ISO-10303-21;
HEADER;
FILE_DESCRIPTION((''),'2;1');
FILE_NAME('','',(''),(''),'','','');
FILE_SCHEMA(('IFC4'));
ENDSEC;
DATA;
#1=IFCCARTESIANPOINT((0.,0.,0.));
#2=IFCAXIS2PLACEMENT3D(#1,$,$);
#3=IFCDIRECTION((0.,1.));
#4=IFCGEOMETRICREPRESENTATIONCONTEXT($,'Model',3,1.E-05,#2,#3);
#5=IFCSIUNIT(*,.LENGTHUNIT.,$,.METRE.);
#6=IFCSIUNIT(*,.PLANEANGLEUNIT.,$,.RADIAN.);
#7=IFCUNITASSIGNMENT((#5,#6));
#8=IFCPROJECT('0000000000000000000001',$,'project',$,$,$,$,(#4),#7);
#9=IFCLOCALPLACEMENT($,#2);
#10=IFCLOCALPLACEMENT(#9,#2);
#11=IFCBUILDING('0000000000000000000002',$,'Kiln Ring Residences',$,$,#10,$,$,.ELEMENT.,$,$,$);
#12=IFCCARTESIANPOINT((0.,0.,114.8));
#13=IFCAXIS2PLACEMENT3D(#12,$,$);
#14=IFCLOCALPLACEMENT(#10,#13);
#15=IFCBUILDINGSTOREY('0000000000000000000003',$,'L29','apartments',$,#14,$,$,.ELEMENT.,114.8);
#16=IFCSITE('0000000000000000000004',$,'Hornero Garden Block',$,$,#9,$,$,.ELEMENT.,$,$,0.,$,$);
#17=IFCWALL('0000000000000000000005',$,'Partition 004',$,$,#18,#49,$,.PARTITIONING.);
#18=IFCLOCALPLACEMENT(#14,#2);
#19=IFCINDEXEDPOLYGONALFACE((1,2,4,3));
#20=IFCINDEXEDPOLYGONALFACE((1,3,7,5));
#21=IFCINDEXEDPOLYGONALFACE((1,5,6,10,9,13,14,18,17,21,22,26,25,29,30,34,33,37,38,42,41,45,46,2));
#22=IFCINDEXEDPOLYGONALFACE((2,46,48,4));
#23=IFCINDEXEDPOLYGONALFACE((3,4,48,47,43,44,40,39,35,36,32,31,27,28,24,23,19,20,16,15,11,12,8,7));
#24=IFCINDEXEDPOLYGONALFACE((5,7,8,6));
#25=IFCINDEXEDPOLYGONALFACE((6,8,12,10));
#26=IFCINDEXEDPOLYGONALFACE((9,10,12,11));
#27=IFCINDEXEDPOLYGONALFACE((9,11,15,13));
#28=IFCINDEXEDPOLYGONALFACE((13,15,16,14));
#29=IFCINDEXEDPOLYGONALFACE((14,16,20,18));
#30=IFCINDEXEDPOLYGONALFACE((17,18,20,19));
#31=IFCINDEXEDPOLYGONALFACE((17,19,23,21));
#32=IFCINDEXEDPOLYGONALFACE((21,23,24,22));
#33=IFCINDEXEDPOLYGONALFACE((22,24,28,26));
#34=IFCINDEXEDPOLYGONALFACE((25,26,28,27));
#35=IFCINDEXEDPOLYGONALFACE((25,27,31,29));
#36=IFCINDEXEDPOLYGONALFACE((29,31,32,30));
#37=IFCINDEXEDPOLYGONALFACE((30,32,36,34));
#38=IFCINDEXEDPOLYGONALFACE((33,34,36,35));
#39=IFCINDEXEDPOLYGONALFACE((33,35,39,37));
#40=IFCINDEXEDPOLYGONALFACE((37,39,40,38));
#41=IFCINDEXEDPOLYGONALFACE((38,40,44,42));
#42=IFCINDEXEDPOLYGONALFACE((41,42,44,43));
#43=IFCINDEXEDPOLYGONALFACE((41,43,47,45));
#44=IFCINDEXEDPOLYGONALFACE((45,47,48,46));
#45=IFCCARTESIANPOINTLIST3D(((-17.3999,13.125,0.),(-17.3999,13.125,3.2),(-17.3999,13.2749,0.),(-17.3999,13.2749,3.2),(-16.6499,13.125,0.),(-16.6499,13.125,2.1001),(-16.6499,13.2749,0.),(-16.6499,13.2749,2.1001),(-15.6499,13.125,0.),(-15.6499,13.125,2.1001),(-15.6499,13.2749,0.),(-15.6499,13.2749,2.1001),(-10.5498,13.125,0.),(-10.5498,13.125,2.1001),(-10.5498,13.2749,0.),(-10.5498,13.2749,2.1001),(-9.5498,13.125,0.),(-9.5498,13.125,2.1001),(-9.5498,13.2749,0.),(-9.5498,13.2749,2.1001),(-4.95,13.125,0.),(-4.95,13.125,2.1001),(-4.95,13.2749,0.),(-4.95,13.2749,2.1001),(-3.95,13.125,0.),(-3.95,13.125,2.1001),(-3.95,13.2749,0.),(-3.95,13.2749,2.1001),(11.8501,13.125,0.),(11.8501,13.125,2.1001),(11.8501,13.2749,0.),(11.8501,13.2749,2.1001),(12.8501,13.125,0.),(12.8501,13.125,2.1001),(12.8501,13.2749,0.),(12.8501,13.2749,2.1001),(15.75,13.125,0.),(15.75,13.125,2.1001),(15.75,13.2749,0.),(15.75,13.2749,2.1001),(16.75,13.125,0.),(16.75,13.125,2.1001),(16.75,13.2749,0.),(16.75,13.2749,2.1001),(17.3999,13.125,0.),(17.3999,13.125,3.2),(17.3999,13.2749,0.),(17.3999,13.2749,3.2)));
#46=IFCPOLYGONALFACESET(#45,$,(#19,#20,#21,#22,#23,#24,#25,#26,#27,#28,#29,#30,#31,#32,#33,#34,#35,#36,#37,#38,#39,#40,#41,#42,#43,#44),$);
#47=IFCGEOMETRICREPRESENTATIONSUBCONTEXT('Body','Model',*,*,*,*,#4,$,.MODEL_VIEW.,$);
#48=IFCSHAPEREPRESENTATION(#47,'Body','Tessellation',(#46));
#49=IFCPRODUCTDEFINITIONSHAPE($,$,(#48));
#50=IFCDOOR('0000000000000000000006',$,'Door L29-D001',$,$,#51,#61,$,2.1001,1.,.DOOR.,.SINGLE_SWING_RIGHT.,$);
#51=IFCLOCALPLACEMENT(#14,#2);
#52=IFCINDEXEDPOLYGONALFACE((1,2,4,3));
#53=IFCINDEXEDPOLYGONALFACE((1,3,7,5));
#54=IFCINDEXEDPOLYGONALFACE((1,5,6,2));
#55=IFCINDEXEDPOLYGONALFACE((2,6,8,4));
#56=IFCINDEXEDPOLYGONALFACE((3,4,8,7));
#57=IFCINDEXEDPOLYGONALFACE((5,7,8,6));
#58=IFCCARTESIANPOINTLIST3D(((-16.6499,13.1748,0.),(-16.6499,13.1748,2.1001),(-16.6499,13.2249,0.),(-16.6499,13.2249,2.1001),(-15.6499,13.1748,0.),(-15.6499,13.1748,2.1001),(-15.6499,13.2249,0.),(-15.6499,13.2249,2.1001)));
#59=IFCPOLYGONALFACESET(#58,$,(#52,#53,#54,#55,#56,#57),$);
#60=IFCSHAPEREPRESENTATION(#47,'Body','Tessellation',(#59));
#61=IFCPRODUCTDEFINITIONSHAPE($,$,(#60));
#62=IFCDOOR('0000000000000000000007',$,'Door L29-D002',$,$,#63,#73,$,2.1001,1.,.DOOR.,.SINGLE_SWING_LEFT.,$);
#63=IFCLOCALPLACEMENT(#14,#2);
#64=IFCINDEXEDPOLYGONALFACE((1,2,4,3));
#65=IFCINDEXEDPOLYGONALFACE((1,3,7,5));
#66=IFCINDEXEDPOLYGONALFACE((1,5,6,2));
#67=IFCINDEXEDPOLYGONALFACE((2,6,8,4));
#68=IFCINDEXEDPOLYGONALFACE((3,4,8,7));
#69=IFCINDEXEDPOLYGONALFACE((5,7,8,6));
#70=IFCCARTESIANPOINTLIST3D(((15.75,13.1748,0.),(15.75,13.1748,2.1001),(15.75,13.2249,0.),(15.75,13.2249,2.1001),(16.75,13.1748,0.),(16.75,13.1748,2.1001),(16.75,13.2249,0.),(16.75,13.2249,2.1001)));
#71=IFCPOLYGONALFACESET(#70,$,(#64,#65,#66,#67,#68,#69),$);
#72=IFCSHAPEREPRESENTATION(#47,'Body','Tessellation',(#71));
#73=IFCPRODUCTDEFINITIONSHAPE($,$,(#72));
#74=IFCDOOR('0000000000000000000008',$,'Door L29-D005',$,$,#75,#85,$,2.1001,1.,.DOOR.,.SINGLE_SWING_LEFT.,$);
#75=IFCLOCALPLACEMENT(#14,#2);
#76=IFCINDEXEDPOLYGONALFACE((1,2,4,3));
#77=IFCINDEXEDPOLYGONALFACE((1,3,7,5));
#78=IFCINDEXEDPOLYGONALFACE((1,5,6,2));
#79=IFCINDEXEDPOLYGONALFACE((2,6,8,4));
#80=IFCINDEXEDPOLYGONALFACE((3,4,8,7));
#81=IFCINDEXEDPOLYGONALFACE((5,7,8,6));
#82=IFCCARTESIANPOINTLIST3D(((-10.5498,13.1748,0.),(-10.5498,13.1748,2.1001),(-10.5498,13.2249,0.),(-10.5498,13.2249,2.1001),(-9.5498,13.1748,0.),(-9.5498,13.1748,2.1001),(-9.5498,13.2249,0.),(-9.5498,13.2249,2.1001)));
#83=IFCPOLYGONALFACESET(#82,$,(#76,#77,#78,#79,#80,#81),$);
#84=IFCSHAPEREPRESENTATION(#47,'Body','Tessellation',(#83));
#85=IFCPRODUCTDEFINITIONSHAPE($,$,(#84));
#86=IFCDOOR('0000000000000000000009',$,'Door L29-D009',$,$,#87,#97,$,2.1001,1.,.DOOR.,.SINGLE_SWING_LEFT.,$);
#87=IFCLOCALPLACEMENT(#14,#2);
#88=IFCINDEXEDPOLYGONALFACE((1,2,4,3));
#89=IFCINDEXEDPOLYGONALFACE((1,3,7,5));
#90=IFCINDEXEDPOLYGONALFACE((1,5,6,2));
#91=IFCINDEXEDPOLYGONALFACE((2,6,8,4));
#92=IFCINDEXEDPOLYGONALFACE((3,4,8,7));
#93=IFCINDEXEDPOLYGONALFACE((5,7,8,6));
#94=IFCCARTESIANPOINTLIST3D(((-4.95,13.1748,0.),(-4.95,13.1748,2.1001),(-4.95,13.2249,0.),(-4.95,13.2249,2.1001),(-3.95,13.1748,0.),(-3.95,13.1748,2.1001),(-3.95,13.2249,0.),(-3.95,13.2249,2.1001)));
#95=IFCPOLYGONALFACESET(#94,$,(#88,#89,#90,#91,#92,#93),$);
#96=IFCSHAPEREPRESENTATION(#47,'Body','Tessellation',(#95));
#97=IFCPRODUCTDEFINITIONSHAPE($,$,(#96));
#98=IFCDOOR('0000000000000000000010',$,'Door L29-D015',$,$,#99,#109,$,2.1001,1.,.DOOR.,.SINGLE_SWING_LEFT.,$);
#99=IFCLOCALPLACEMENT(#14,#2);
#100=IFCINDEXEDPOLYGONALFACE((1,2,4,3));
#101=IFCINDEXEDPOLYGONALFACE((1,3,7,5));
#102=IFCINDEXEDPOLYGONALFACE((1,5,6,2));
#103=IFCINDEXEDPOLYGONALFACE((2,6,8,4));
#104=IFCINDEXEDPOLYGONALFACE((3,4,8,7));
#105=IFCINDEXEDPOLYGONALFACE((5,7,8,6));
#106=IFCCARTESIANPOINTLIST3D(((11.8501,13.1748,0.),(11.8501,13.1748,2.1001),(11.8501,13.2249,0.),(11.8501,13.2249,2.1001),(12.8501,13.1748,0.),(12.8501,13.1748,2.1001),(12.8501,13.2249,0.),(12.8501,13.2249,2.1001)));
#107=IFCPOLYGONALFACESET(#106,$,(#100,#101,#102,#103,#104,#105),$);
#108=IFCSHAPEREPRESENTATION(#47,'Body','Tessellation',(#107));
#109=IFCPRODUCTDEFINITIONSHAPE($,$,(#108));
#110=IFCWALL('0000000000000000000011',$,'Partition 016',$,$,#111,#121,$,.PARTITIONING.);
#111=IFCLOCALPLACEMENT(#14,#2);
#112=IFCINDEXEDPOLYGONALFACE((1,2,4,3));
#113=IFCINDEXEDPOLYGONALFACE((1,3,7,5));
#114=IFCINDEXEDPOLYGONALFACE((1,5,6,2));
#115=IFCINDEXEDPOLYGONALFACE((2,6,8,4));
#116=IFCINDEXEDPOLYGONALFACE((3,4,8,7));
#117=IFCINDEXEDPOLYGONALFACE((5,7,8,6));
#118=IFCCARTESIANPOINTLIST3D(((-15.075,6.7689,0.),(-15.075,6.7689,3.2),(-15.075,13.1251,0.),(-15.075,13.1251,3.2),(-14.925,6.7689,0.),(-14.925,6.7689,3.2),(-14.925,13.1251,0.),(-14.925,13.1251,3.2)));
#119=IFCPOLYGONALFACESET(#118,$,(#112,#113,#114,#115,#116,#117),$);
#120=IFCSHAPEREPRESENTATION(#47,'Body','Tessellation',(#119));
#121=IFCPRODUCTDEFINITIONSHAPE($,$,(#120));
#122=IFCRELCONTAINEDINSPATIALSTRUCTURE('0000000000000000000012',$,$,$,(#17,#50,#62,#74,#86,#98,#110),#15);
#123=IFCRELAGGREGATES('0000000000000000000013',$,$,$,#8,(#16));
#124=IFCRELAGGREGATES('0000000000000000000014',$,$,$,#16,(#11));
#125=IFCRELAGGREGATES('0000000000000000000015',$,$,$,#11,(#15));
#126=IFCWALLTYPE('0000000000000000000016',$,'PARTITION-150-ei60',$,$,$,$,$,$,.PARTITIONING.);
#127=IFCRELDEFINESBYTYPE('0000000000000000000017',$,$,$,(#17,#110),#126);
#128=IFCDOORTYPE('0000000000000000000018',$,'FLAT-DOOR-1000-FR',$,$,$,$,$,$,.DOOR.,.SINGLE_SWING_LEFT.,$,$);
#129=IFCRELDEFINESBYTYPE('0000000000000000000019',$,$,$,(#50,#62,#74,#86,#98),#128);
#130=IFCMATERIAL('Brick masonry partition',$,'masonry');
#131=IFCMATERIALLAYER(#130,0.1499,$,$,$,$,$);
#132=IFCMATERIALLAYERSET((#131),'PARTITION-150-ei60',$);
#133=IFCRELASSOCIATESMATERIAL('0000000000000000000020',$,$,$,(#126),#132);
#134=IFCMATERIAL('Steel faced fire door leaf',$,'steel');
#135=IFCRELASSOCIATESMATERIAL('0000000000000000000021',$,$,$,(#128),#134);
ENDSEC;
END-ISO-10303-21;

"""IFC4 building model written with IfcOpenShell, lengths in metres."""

from ifc_helpers import new_model, si_unit, direction, frame, frame_2d, origin, place, context, subcontext, project, spatial, rectangle, extrude, material, layer, layer_set, type_object, element, fill, save


model = new_model("IFC4")

# Units and contexts
model_context = context("Model", 3, precision=1e-05, world=origin(), true_north=direction((0.0, 1.0)))
body_context = subcontext(model_context, "Body", "Model", "MODEL_VIEW")
ifc_project = project(units=[si_unit("LENGTHUNIT", "METRE"), si_unit("PLANEANGLEUNIT", "RADIAN")], contexts=[model_context])

# Site, building, storey
site_placement = place(None, origin())
site = spatial("IfcSite", under=ifc_project, at=site_placement, Name="Hornero Garden Block", CompositionType="ELEMENT", RefElevation=0.0)
building_placement = place(site_placement, origin())
building = spatial("IfcBuilding", under=site, at=building_placement, Name="Kiln Ring Residences", CompositionType="ELEMENT")
storey_placement = place(building_placement, frame((0.0, 0.0, 114.8)))
storey = spatial("IfcBuildingStorey", under=building, at=storey_placement, Name="L29", Description="apartments", CompositionType="ELEMENT", Elevation=114.8)

# Wall, openings, doors
ifc_material_1 = material(Name="Brick masonry partition", Category="masonry")
ifc_layer_1 = layer(ifc_material_1, 0.1499)
ifc_layer_set_1 = layer_set([ifc_layer_1], Name="PARTITION-150-ei60")
wall_type_1 = type_object("IfcWallType", Name="PARTITION-150-ei60", PredefinedType="PARTITIONING", material=ifc_layer_set_1)
wall_1_placement = place(storey_placement, frame((-17.3999, 13.2, 0.0), z_axis=(0.0, 0.0, 1.0), x_axis=(1.0, 0.0, 0.0)))
wall_1 = element("IfcWall", 1, at=wall_1_placement, inside=storey, type_object=wall_type_1, Name="Partition 004", PredefinedType="PARTITIONING", context=body_context, shape_type="SweptSolid", body=[
    extrude(rectangle(XDim=34.7998, YDim=0.1499, at=frame_2d((17.3999, 0.0))), origin(), (0.0, 0.0, 1.0), 3.2),
])
opening_1_placement = place(wall_1_placement, frame((0.75, 0.0, 0.0)))
opening_1 = element("IfcOpeningElement", 2, at=opening_1_placement, cuts=wall_1, PredefinedType="OPENING", context=body_context, shape_type="SweptSolid", body=[
    extrude(rectangle(XDim=1.0, YDim=2.1001, at=frame_2d((0.5, 1.05))), frame((0.0, 0.085, 0.0), z_axis=(0.0, -1.0, 0.0), x_axis=(1.0, 0.0, 0.0)), (0.0, 0.0, 1.0), 0.1699),
])
opening_2_placement = place(wall_1_placement, frame((33.1499, 0.0, 0.0)))
opening_2 = element("IfcOpeningElement", 3, at=opening_2_placement, cuts=wall_1, PredefinedType="OPENING", context=body_context, shape_type="SweptSolid", body=[
    extrude(rectangle(XDim=1.0, YDim=2.1001, at=frame_2d((0.5, 1.05))), frame((0.0, 0.085, 0.0), z_axis=(0.0, -1.0, 0.0), x_axis=(1.0, 0.0, 0.0)), (0.0, 0.0, 1.0), 0.1699),
])
opening_3_placement = place(wall_1_placement, frame((6.8501, 0.0, 0.0)))
opening_3 = element("IfcOpeningElement", 4, at=opening_3_placement, cuts=wall_1, PredefinedType="OPENING", context=body_context, shape_type="SweptSolid", body=[
    extrude(rectangle(XDim=1.0, YDim=2.1001, at=frame_2d((0.5, 1.05))), frame((0.0, 0.085, 0.0), z_axis=(0.0, -1.0, 0.0), x_axis=(1.0, 0.0, 0.0)), (0.0, 0.0, 1.0), 0.1699),
])
opening_4_placement = place(wall_1_placement, frame((12.45, 0.0, 0.0)))
opening_4 = element("IfcOpeningElement", 5, at=opening_4_placement, cuts=wall_1, PredefinedType="OPENING", context=body_context, shape_type="SweptSolid", body=[
    extrude(rectangle(XDim=1.0, YDim=2.1001, at=frame_2d((0.5, 1.05))), frame((0.0, 0.085, 0.0), z_axis=(0.0, -1.0, 0.0), x_axis=(1.0, 0.0, 0.0)), (0.0, 0.0, 1.0), 0.1699),
])
opening_5_placement = place(wall_1_placement, frame((29.25, 0.0, 0.0)))
opening_5 = element("IfcOpeningElement", 6, at=opening_5_placement, cuts=wall_1, PredefinedType="OPENING", context=body_context, shape_type="SweptSolid", body=[
    extrude(rectangle(XDim=1.0, YDim=2.1001, at=frame_2d((0.5, 1.05))), frame((0.0, 0.085, 0.0), z_axis=(0.0, -1.0, 0.0), x_axis=(1.0, 0.0, 0.0)), (0.0, 0.0, 1.0), 0.1699),
])
ifc_material_2 = material(Name="Steel faced fire door leaf", Category="steel")
door_type_1 = type_object("IfcDoorType", Name="FLAT-DOOR-1000-FR", OperationType="SINGLE_SWING_LEFT", PredefinedType="DOOR", material=ifc_material_2)
door_1_placement = place(opening_1_placement, origin())
door_1 = element("IfcDoor", 7, at=door_1_placement, inside=storey, type_object=door_type_1, Name="Door L29-D001", OperationType="SINGLE_SWING_RIGHT", OverallHeight=2.1001, OverallWidth=1.0, PredefinedType="DOOR", context=body_context, shape_type="SweptSolid", body=[
    extrude(rectangle(XDim=1.0, YDim=2.1001, at=frame_2d((0.5, 1.05))), frame((0.0, 0.0249, 0.0), z_axis=(0.0, -1.0, 0.0), x_axis=(1.0, 0.0, 0.0)), (0.0, 0.0, 1.0), 0.05),
])
fill(opening_1, door_1)
door_2_placement = place(opening_2_placement, origin())
door_2 = element("IfcDoor", 8, at=door_2_placement, inside=storey, type_object=door_type_1, Name="Door L29-D002", OperationType="SINGLE_SWING_LEFT", OverallHeight=2.1001, OverallWidth=1.0, PredefinedType="DOOR", context=body_context, shape_type="SweptSolid", body=[
    extrude(rectangle(XDim=1.0, YDim=2.1001, at=frame_2d((0.5, 1.05))), frame((0.0, 0.0249, 0.0), z_axis=(0.0, -1.0, 0.0), x_axis=(1.0, 0.0, 0.0)), (0.0, 0.0, 1.0), 0.05),
])
fill(opening_2, door_2)
door_3_placement = place(opening_3_placement, origin())
door_3 = element("IfcDoor", 9, at=door_3_placement, inside=storey, type_object=door_type_1, Name="Door L29-D005", OperationType="SINGLE_SWING_LEFT", OverallHeight=2.1001, OverallWidth=1.0, PredefinedType="DOOR", context=body_context, shape_type="SweptSolid", body=[
    extrude(rectangle(XDim=1.0, YDim=2.1001, at=frame_2d((0.5, 1.05))), frame((0.0, 0.0249, 0.0), z_axis=(0.0, -1.0, 0.0), x_axis=(1.0, 0.0, 0.0)), (0.0, 0.0, 1.0), 0.05),
])
fill(opening_3, door_3)
door_4_placement = place(opening_4_placement, origin())
door_4 = element("IfcDoor", 10, at=door_4_placement, inside=storey, type_object=door_type_1, Name="Door L29-D009", OperationType="SINGLE_SWING_LEFT", OverallHeight=2.1001, OverallWidth=1.0, PredefinedType="DOOR", context=body_context, shape_type="SweptSolid", body=[
    extrude(rectangle(XDim=1.0, YDim=2.1001, at=frame_2d((0.5, 1.05))), frame((0.0, 0.0249, 0.0), z_axis=(0.0, -1.0, 0.0), x_axis=(1.0, 0.0, 0.0)), (0.0, 0.0, 1.0), 0.05),
])
fill(opening_4, door_4)
door_5_placement = place(opening_5_placement, origin())
door_5 = element("IfcDoor", 11, at=door_5_placement, inside=storey, type_object=door_type_1, Name="Door L29-D015", OperationType="SINGLE_SWING_LEFT", OverallHeight=2.1001, OverallWidth=1.0, PredefinedType="DOOR", context=body_context, shape_type="SweptSolid", body=[
    extrude(rectangle(XDim=1.0, YDim=2.1001, at=frame_2d((0.5, 1.05))), frame((0.0, 0.0249, 0.0), z_axis=(0.0, -1.0, 0.0), x_axis=(1.0, 0.0, 0.0)), (0.0, 0.0, 1.0), 0.05),
])
fill(opening_5, door_5)

# Wall
wall_2_placement = place(storey_placement, frame((-15.0, 6.7688, 0.0), z_axis=(0.0, 0.0, 1.0), x_axis=(0.0, 1.0, 0.0)))
element("IfcWall", 12, at=wall_2_placement, inside=storey, type_object=wall_type_1, Name="Partition 016", PredefinedType="PARTITIONING", context=body_context, shape_type="SweptSolid", body=[
    extrude(rectangle(XDim=6.3562, YDim=0.1499, at=frame_2d((3.1782, 0.0))), origin(), (0.0, 0.0, 1.0), 3.2),
])

save(model, "model.ifc")
